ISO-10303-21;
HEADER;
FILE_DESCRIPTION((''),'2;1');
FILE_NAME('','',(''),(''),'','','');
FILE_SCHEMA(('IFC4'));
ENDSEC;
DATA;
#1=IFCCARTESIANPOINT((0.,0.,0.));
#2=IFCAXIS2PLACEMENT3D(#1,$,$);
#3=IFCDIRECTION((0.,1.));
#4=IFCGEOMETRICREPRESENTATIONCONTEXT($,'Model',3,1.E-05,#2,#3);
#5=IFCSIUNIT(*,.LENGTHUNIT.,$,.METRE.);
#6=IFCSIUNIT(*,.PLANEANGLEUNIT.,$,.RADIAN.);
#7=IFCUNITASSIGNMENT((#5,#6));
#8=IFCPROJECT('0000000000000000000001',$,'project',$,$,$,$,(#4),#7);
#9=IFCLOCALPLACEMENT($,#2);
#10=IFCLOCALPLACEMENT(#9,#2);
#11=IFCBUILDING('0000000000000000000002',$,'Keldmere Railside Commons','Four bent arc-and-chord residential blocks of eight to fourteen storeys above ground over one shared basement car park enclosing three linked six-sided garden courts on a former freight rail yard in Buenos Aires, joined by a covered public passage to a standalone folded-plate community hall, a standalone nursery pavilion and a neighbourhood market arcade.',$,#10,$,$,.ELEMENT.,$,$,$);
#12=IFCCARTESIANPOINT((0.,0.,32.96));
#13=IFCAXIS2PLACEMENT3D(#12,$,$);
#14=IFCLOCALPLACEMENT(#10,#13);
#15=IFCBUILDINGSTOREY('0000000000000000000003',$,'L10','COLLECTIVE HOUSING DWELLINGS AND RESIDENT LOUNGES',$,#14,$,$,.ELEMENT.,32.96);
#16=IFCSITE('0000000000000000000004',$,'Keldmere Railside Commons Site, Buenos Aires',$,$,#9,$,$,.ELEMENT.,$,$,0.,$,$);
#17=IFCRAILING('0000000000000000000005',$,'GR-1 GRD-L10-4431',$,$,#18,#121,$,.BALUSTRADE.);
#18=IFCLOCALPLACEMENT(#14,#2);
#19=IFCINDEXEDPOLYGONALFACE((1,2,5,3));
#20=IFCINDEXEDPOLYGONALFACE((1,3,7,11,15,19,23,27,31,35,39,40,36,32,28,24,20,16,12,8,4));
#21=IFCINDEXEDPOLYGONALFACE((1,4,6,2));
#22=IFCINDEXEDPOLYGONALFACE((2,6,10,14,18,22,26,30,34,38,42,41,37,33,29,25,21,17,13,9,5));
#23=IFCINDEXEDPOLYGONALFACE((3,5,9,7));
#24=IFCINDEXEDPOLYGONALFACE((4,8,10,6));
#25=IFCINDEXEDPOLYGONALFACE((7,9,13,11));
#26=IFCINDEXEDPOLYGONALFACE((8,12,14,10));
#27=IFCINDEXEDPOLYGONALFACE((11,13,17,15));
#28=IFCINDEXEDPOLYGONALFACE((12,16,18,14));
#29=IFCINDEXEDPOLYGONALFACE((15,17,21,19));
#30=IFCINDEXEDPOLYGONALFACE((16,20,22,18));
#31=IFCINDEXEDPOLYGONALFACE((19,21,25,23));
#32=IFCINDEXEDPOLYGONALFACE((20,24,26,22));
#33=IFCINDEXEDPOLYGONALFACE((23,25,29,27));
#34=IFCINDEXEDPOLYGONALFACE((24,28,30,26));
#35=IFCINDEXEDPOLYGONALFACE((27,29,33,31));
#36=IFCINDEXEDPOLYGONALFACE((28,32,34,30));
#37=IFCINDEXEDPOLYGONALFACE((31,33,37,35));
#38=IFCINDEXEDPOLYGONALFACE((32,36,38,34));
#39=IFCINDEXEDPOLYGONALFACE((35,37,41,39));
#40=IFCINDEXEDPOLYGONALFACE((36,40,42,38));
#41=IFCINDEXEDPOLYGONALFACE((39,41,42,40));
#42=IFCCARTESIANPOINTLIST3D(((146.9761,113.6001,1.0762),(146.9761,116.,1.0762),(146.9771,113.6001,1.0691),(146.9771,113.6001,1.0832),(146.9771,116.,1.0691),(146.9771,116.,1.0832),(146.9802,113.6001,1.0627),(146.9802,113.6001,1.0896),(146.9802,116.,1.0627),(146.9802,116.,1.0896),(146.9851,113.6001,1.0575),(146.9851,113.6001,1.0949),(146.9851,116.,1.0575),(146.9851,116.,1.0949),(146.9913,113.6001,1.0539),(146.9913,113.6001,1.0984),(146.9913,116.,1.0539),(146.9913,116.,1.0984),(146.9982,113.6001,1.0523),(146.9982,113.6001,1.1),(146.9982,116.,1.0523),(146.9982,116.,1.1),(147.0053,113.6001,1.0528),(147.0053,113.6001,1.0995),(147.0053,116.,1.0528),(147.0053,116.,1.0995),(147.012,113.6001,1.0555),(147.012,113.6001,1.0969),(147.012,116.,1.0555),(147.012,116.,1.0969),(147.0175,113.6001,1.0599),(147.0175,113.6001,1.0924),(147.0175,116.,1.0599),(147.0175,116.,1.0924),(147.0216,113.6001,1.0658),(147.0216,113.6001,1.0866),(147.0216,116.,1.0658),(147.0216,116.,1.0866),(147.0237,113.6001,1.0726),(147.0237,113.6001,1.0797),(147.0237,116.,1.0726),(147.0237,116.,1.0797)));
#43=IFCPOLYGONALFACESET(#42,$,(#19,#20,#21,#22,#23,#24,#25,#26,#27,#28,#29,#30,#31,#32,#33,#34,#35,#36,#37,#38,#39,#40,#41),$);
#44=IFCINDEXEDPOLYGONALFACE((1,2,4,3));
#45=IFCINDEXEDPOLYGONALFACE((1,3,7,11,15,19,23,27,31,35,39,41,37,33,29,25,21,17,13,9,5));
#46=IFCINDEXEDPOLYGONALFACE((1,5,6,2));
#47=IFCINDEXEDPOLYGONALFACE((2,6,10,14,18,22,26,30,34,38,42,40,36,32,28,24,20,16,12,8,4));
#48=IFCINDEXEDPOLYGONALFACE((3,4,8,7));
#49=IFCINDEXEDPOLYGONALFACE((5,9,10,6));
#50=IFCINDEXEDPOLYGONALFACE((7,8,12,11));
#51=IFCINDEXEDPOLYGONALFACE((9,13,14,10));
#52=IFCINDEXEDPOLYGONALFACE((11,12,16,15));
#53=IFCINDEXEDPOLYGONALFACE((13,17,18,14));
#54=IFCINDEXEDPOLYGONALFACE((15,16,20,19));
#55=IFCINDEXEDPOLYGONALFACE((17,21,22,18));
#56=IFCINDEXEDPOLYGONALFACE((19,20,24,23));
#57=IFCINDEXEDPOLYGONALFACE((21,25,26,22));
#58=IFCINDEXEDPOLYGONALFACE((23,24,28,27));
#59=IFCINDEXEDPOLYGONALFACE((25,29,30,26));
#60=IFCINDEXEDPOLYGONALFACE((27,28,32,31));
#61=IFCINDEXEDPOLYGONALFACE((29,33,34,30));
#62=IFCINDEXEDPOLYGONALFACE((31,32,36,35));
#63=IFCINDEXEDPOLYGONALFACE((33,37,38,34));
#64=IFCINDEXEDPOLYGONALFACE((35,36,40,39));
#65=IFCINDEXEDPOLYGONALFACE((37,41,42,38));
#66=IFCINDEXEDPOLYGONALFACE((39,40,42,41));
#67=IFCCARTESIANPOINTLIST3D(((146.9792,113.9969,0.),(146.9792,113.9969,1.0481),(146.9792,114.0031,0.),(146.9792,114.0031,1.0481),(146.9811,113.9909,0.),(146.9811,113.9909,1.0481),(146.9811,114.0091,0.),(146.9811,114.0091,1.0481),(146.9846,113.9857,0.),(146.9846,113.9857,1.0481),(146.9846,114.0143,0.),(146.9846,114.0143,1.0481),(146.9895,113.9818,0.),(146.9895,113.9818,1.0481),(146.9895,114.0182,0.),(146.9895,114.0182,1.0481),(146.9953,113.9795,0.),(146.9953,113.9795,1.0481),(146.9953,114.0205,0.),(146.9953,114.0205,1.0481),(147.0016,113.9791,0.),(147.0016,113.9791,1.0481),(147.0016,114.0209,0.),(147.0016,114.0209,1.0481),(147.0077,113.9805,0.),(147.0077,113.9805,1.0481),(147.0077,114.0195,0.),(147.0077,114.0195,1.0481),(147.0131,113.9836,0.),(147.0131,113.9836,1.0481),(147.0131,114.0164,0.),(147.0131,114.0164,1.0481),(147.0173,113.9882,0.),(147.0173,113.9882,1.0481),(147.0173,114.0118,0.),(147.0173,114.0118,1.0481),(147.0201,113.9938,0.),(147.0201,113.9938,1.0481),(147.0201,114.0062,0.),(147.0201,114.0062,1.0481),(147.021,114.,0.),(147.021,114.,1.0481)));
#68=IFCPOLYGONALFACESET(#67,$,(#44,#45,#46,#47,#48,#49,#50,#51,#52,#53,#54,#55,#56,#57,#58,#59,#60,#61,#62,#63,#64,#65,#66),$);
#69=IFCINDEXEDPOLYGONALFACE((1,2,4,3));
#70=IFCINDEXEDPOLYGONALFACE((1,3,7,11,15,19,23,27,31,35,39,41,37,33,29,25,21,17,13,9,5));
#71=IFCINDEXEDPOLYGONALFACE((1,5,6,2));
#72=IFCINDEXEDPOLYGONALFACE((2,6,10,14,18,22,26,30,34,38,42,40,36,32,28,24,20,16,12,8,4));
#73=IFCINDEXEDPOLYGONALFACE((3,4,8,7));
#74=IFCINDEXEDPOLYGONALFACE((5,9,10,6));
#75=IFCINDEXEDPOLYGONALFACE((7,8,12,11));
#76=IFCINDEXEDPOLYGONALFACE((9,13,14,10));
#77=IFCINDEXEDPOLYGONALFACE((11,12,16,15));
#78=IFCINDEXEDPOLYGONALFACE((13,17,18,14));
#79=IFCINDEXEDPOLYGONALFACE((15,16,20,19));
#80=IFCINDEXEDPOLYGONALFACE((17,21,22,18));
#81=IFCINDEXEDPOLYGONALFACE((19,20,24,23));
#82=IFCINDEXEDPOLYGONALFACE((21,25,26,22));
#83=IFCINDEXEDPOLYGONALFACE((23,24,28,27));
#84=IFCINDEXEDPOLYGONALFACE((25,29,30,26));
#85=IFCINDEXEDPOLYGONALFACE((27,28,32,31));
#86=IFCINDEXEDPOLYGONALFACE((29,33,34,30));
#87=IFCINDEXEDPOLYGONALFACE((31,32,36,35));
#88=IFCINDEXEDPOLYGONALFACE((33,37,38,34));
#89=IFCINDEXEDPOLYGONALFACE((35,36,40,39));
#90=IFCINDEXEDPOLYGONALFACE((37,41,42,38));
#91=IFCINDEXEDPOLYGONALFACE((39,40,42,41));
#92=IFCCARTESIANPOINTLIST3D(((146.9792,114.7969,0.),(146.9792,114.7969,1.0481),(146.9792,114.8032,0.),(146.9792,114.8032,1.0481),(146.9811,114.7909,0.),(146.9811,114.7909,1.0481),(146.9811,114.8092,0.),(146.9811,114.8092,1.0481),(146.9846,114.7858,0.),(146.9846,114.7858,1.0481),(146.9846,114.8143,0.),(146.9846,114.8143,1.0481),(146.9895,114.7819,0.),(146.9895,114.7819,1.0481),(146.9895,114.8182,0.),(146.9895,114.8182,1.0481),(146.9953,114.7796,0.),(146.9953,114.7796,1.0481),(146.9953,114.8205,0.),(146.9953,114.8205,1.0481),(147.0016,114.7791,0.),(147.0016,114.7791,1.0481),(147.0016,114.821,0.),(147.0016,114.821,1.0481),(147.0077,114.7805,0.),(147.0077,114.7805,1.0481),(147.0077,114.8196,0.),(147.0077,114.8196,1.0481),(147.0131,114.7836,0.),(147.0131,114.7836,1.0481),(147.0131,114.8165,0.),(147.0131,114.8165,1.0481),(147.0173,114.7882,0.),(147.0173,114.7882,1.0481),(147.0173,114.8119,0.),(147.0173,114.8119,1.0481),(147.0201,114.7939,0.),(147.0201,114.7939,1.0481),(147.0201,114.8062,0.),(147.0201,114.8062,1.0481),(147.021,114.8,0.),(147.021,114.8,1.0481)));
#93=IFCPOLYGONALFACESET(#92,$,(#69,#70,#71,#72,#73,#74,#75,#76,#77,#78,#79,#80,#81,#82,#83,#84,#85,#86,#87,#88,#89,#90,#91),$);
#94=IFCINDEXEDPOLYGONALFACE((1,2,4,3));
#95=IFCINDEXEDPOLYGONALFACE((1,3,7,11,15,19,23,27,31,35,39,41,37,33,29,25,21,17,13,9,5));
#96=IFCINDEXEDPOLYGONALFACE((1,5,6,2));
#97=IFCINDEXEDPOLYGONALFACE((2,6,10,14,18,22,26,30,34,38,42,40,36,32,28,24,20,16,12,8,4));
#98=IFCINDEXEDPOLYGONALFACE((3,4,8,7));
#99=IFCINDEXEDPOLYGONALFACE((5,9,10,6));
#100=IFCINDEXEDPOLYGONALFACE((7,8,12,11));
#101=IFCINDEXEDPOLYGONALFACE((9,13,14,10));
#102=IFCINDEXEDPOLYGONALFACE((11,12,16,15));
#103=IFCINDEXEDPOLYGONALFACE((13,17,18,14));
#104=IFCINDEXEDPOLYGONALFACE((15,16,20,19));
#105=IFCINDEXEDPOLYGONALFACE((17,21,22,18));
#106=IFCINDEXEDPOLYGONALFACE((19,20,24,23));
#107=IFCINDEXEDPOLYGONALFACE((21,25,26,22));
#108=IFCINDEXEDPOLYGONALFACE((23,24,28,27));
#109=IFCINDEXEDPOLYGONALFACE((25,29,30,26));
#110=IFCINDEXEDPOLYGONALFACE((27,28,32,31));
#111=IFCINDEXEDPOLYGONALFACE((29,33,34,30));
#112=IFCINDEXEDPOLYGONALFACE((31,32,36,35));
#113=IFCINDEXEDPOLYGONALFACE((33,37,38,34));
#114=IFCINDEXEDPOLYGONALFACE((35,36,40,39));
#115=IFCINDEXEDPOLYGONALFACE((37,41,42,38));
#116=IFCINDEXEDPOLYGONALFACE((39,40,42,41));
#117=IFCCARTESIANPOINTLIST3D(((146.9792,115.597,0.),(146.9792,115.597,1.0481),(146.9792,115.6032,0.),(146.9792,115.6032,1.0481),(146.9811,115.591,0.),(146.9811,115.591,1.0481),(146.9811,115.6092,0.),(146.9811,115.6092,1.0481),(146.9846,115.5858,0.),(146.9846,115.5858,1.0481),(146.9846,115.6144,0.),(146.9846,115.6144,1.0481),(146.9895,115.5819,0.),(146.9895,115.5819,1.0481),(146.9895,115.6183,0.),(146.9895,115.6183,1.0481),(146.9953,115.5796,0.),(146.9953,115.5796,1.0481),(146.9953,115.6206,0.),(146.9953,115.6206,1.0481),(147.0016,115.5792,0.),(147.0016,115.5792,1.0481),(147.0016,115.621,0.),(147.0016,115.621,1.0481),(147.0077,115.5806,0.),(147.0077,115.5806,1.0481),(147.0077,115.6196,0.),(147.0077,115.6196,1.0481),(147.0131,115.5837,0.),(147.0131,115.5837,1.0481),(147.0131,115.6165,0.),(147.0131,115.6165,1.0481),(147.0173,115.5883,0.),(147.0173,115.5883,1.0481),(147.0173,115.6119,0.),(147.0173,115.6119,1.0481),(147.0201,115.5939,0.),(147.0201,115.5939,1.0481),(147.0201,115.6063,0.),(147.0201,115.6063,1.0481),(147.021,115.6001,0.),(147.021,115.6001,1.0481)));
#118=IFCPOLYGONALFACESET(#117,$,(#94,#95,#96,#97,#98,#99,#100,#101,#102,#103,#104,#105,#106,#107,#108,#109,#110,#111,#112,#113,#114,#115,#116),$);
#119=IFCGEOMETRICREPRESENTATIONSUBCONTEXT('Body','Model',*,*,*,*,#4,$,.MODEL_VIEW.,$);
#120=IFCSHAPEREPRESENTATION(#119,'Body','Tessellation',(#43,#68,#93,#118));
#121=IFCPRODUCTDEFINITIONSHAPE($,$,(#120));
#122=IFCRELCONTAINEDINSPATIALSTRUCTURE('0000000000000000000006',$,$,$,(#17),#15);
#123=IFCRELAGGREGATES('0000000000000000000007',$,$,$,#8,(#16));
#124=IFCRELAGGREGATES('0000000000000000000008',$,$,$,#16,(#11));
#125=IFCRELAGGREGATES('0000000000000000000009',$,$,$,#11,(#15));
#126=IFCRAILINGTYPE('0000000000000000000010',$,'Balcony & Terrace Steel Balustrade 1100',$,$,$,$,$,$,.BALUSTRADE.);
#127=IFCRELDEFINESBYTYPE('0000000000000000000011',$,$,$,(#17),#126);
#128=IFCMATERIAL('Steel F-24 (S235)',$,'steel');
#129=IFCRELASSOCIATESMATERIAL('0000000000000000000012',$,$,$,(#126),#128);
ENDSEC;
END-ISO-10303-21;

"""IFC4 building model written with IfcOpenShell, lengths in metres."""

from ifc_helpers import new_model, si_unit, direction, frame, origin, origin_2d, place, context, subcontext, project, spatial, circle, extrude, material, type_object, element, save


model = new_model("IFC4")

# Units and contexts
model_context = context("Model", 3, precision=1e-05, world=origin(), true_north=direction((0.0, 1.0)))
body_context = subcontext(model_context, "Body", "Model", "MODEL_VIEW")
ifc_project = project(units=[si_unit("LENGTHUNIT", "METRE"), si_unit("PLANEANGLEUNIT", "RADIAN")], contexts=[model_context])

# Site, building, storey
site_placement = place(None, origin())
site = spatial("IfcSite", under=ifc_project, at=site_placement, Name="Keldmere Railside Commons Site, Buenos Aires", CompositionType="ELEMENT", RefElevation=0.0)
building_placement = place(site_placement, origin())
building = spatial("IfcBuilding", under=site, at=building_placement, Name="Keldmere Railside Commons", Description="Four bent arc-and-chord residential blocks of eight to fourteen storeys above ground over one shared basement car park enclosing three linked six-sided garden courts on a former freight rail yard in Buenos Aires, joined by a covered public passage to a standalone folded-plate community hall, a standalone nursery pavilion and a neighbourhood market arcade.", CompositionType="ELEMENT")
storey_placement = place(building_placement, frame((0.0, 0.0, 32.96)))
storey = spatial("IfcBuildingStorey", under=building, at=storey_placement, Name="L10", Description="COLLECTIVE HOUSING DWELLINGS AND RESIDENT LOUNGES", CompositionType="ELEMENT", Elevation=32.96)

# Railing
ifc_material_1 = material(Name="Steel F-24 (S235)", Category="steel")
railing_type = type_object("IfcRailingType", Name="Balcony & Terrace Steel Balustrade 1100", PredefinedType="BALUSTRADE", material=ifc_material_1)
railing_1_placement = place(storey_placement, frame((147.0, 113.6001, 0.0)))
element("IfcRailing", 1, at=railing_1_placement, inside=storey, type_object=railing_type, Name="GR-1 GRD-L10-4431", PredefinedType="BALUSTRADE", context=body_context, shape_type="SweptSolid", body=[
    extrude(circle(Radius=0.0239, at=origin_2d()), frame((0.0, 0.0, 1.0762), z_axis=(0.0, 1.0, 0.0), x_axis=(-1.0, 0.0, 0.0)), (0.0, 0.0, 1.0), 2.3999),
    extrude(circle(Radius=0.021, at=origin_2d()), frame((0.0, 0.3999, 0.0)), (0.0, 0.0, 1.0), 1.0481),
    extrude(circle(Radius=0.021, at=origin_2d()), frame((0.0, 1.2, 0.0)), (0.0, 0.0, 1.0), 1.0481),
    extrude(circle(Radius=0.021, at=origin_2d()), frame((0.0, 2.0, 0.0)), (0.0, 0.0, 1.0), 1.0481),
])

save(model, "model.ifc")
